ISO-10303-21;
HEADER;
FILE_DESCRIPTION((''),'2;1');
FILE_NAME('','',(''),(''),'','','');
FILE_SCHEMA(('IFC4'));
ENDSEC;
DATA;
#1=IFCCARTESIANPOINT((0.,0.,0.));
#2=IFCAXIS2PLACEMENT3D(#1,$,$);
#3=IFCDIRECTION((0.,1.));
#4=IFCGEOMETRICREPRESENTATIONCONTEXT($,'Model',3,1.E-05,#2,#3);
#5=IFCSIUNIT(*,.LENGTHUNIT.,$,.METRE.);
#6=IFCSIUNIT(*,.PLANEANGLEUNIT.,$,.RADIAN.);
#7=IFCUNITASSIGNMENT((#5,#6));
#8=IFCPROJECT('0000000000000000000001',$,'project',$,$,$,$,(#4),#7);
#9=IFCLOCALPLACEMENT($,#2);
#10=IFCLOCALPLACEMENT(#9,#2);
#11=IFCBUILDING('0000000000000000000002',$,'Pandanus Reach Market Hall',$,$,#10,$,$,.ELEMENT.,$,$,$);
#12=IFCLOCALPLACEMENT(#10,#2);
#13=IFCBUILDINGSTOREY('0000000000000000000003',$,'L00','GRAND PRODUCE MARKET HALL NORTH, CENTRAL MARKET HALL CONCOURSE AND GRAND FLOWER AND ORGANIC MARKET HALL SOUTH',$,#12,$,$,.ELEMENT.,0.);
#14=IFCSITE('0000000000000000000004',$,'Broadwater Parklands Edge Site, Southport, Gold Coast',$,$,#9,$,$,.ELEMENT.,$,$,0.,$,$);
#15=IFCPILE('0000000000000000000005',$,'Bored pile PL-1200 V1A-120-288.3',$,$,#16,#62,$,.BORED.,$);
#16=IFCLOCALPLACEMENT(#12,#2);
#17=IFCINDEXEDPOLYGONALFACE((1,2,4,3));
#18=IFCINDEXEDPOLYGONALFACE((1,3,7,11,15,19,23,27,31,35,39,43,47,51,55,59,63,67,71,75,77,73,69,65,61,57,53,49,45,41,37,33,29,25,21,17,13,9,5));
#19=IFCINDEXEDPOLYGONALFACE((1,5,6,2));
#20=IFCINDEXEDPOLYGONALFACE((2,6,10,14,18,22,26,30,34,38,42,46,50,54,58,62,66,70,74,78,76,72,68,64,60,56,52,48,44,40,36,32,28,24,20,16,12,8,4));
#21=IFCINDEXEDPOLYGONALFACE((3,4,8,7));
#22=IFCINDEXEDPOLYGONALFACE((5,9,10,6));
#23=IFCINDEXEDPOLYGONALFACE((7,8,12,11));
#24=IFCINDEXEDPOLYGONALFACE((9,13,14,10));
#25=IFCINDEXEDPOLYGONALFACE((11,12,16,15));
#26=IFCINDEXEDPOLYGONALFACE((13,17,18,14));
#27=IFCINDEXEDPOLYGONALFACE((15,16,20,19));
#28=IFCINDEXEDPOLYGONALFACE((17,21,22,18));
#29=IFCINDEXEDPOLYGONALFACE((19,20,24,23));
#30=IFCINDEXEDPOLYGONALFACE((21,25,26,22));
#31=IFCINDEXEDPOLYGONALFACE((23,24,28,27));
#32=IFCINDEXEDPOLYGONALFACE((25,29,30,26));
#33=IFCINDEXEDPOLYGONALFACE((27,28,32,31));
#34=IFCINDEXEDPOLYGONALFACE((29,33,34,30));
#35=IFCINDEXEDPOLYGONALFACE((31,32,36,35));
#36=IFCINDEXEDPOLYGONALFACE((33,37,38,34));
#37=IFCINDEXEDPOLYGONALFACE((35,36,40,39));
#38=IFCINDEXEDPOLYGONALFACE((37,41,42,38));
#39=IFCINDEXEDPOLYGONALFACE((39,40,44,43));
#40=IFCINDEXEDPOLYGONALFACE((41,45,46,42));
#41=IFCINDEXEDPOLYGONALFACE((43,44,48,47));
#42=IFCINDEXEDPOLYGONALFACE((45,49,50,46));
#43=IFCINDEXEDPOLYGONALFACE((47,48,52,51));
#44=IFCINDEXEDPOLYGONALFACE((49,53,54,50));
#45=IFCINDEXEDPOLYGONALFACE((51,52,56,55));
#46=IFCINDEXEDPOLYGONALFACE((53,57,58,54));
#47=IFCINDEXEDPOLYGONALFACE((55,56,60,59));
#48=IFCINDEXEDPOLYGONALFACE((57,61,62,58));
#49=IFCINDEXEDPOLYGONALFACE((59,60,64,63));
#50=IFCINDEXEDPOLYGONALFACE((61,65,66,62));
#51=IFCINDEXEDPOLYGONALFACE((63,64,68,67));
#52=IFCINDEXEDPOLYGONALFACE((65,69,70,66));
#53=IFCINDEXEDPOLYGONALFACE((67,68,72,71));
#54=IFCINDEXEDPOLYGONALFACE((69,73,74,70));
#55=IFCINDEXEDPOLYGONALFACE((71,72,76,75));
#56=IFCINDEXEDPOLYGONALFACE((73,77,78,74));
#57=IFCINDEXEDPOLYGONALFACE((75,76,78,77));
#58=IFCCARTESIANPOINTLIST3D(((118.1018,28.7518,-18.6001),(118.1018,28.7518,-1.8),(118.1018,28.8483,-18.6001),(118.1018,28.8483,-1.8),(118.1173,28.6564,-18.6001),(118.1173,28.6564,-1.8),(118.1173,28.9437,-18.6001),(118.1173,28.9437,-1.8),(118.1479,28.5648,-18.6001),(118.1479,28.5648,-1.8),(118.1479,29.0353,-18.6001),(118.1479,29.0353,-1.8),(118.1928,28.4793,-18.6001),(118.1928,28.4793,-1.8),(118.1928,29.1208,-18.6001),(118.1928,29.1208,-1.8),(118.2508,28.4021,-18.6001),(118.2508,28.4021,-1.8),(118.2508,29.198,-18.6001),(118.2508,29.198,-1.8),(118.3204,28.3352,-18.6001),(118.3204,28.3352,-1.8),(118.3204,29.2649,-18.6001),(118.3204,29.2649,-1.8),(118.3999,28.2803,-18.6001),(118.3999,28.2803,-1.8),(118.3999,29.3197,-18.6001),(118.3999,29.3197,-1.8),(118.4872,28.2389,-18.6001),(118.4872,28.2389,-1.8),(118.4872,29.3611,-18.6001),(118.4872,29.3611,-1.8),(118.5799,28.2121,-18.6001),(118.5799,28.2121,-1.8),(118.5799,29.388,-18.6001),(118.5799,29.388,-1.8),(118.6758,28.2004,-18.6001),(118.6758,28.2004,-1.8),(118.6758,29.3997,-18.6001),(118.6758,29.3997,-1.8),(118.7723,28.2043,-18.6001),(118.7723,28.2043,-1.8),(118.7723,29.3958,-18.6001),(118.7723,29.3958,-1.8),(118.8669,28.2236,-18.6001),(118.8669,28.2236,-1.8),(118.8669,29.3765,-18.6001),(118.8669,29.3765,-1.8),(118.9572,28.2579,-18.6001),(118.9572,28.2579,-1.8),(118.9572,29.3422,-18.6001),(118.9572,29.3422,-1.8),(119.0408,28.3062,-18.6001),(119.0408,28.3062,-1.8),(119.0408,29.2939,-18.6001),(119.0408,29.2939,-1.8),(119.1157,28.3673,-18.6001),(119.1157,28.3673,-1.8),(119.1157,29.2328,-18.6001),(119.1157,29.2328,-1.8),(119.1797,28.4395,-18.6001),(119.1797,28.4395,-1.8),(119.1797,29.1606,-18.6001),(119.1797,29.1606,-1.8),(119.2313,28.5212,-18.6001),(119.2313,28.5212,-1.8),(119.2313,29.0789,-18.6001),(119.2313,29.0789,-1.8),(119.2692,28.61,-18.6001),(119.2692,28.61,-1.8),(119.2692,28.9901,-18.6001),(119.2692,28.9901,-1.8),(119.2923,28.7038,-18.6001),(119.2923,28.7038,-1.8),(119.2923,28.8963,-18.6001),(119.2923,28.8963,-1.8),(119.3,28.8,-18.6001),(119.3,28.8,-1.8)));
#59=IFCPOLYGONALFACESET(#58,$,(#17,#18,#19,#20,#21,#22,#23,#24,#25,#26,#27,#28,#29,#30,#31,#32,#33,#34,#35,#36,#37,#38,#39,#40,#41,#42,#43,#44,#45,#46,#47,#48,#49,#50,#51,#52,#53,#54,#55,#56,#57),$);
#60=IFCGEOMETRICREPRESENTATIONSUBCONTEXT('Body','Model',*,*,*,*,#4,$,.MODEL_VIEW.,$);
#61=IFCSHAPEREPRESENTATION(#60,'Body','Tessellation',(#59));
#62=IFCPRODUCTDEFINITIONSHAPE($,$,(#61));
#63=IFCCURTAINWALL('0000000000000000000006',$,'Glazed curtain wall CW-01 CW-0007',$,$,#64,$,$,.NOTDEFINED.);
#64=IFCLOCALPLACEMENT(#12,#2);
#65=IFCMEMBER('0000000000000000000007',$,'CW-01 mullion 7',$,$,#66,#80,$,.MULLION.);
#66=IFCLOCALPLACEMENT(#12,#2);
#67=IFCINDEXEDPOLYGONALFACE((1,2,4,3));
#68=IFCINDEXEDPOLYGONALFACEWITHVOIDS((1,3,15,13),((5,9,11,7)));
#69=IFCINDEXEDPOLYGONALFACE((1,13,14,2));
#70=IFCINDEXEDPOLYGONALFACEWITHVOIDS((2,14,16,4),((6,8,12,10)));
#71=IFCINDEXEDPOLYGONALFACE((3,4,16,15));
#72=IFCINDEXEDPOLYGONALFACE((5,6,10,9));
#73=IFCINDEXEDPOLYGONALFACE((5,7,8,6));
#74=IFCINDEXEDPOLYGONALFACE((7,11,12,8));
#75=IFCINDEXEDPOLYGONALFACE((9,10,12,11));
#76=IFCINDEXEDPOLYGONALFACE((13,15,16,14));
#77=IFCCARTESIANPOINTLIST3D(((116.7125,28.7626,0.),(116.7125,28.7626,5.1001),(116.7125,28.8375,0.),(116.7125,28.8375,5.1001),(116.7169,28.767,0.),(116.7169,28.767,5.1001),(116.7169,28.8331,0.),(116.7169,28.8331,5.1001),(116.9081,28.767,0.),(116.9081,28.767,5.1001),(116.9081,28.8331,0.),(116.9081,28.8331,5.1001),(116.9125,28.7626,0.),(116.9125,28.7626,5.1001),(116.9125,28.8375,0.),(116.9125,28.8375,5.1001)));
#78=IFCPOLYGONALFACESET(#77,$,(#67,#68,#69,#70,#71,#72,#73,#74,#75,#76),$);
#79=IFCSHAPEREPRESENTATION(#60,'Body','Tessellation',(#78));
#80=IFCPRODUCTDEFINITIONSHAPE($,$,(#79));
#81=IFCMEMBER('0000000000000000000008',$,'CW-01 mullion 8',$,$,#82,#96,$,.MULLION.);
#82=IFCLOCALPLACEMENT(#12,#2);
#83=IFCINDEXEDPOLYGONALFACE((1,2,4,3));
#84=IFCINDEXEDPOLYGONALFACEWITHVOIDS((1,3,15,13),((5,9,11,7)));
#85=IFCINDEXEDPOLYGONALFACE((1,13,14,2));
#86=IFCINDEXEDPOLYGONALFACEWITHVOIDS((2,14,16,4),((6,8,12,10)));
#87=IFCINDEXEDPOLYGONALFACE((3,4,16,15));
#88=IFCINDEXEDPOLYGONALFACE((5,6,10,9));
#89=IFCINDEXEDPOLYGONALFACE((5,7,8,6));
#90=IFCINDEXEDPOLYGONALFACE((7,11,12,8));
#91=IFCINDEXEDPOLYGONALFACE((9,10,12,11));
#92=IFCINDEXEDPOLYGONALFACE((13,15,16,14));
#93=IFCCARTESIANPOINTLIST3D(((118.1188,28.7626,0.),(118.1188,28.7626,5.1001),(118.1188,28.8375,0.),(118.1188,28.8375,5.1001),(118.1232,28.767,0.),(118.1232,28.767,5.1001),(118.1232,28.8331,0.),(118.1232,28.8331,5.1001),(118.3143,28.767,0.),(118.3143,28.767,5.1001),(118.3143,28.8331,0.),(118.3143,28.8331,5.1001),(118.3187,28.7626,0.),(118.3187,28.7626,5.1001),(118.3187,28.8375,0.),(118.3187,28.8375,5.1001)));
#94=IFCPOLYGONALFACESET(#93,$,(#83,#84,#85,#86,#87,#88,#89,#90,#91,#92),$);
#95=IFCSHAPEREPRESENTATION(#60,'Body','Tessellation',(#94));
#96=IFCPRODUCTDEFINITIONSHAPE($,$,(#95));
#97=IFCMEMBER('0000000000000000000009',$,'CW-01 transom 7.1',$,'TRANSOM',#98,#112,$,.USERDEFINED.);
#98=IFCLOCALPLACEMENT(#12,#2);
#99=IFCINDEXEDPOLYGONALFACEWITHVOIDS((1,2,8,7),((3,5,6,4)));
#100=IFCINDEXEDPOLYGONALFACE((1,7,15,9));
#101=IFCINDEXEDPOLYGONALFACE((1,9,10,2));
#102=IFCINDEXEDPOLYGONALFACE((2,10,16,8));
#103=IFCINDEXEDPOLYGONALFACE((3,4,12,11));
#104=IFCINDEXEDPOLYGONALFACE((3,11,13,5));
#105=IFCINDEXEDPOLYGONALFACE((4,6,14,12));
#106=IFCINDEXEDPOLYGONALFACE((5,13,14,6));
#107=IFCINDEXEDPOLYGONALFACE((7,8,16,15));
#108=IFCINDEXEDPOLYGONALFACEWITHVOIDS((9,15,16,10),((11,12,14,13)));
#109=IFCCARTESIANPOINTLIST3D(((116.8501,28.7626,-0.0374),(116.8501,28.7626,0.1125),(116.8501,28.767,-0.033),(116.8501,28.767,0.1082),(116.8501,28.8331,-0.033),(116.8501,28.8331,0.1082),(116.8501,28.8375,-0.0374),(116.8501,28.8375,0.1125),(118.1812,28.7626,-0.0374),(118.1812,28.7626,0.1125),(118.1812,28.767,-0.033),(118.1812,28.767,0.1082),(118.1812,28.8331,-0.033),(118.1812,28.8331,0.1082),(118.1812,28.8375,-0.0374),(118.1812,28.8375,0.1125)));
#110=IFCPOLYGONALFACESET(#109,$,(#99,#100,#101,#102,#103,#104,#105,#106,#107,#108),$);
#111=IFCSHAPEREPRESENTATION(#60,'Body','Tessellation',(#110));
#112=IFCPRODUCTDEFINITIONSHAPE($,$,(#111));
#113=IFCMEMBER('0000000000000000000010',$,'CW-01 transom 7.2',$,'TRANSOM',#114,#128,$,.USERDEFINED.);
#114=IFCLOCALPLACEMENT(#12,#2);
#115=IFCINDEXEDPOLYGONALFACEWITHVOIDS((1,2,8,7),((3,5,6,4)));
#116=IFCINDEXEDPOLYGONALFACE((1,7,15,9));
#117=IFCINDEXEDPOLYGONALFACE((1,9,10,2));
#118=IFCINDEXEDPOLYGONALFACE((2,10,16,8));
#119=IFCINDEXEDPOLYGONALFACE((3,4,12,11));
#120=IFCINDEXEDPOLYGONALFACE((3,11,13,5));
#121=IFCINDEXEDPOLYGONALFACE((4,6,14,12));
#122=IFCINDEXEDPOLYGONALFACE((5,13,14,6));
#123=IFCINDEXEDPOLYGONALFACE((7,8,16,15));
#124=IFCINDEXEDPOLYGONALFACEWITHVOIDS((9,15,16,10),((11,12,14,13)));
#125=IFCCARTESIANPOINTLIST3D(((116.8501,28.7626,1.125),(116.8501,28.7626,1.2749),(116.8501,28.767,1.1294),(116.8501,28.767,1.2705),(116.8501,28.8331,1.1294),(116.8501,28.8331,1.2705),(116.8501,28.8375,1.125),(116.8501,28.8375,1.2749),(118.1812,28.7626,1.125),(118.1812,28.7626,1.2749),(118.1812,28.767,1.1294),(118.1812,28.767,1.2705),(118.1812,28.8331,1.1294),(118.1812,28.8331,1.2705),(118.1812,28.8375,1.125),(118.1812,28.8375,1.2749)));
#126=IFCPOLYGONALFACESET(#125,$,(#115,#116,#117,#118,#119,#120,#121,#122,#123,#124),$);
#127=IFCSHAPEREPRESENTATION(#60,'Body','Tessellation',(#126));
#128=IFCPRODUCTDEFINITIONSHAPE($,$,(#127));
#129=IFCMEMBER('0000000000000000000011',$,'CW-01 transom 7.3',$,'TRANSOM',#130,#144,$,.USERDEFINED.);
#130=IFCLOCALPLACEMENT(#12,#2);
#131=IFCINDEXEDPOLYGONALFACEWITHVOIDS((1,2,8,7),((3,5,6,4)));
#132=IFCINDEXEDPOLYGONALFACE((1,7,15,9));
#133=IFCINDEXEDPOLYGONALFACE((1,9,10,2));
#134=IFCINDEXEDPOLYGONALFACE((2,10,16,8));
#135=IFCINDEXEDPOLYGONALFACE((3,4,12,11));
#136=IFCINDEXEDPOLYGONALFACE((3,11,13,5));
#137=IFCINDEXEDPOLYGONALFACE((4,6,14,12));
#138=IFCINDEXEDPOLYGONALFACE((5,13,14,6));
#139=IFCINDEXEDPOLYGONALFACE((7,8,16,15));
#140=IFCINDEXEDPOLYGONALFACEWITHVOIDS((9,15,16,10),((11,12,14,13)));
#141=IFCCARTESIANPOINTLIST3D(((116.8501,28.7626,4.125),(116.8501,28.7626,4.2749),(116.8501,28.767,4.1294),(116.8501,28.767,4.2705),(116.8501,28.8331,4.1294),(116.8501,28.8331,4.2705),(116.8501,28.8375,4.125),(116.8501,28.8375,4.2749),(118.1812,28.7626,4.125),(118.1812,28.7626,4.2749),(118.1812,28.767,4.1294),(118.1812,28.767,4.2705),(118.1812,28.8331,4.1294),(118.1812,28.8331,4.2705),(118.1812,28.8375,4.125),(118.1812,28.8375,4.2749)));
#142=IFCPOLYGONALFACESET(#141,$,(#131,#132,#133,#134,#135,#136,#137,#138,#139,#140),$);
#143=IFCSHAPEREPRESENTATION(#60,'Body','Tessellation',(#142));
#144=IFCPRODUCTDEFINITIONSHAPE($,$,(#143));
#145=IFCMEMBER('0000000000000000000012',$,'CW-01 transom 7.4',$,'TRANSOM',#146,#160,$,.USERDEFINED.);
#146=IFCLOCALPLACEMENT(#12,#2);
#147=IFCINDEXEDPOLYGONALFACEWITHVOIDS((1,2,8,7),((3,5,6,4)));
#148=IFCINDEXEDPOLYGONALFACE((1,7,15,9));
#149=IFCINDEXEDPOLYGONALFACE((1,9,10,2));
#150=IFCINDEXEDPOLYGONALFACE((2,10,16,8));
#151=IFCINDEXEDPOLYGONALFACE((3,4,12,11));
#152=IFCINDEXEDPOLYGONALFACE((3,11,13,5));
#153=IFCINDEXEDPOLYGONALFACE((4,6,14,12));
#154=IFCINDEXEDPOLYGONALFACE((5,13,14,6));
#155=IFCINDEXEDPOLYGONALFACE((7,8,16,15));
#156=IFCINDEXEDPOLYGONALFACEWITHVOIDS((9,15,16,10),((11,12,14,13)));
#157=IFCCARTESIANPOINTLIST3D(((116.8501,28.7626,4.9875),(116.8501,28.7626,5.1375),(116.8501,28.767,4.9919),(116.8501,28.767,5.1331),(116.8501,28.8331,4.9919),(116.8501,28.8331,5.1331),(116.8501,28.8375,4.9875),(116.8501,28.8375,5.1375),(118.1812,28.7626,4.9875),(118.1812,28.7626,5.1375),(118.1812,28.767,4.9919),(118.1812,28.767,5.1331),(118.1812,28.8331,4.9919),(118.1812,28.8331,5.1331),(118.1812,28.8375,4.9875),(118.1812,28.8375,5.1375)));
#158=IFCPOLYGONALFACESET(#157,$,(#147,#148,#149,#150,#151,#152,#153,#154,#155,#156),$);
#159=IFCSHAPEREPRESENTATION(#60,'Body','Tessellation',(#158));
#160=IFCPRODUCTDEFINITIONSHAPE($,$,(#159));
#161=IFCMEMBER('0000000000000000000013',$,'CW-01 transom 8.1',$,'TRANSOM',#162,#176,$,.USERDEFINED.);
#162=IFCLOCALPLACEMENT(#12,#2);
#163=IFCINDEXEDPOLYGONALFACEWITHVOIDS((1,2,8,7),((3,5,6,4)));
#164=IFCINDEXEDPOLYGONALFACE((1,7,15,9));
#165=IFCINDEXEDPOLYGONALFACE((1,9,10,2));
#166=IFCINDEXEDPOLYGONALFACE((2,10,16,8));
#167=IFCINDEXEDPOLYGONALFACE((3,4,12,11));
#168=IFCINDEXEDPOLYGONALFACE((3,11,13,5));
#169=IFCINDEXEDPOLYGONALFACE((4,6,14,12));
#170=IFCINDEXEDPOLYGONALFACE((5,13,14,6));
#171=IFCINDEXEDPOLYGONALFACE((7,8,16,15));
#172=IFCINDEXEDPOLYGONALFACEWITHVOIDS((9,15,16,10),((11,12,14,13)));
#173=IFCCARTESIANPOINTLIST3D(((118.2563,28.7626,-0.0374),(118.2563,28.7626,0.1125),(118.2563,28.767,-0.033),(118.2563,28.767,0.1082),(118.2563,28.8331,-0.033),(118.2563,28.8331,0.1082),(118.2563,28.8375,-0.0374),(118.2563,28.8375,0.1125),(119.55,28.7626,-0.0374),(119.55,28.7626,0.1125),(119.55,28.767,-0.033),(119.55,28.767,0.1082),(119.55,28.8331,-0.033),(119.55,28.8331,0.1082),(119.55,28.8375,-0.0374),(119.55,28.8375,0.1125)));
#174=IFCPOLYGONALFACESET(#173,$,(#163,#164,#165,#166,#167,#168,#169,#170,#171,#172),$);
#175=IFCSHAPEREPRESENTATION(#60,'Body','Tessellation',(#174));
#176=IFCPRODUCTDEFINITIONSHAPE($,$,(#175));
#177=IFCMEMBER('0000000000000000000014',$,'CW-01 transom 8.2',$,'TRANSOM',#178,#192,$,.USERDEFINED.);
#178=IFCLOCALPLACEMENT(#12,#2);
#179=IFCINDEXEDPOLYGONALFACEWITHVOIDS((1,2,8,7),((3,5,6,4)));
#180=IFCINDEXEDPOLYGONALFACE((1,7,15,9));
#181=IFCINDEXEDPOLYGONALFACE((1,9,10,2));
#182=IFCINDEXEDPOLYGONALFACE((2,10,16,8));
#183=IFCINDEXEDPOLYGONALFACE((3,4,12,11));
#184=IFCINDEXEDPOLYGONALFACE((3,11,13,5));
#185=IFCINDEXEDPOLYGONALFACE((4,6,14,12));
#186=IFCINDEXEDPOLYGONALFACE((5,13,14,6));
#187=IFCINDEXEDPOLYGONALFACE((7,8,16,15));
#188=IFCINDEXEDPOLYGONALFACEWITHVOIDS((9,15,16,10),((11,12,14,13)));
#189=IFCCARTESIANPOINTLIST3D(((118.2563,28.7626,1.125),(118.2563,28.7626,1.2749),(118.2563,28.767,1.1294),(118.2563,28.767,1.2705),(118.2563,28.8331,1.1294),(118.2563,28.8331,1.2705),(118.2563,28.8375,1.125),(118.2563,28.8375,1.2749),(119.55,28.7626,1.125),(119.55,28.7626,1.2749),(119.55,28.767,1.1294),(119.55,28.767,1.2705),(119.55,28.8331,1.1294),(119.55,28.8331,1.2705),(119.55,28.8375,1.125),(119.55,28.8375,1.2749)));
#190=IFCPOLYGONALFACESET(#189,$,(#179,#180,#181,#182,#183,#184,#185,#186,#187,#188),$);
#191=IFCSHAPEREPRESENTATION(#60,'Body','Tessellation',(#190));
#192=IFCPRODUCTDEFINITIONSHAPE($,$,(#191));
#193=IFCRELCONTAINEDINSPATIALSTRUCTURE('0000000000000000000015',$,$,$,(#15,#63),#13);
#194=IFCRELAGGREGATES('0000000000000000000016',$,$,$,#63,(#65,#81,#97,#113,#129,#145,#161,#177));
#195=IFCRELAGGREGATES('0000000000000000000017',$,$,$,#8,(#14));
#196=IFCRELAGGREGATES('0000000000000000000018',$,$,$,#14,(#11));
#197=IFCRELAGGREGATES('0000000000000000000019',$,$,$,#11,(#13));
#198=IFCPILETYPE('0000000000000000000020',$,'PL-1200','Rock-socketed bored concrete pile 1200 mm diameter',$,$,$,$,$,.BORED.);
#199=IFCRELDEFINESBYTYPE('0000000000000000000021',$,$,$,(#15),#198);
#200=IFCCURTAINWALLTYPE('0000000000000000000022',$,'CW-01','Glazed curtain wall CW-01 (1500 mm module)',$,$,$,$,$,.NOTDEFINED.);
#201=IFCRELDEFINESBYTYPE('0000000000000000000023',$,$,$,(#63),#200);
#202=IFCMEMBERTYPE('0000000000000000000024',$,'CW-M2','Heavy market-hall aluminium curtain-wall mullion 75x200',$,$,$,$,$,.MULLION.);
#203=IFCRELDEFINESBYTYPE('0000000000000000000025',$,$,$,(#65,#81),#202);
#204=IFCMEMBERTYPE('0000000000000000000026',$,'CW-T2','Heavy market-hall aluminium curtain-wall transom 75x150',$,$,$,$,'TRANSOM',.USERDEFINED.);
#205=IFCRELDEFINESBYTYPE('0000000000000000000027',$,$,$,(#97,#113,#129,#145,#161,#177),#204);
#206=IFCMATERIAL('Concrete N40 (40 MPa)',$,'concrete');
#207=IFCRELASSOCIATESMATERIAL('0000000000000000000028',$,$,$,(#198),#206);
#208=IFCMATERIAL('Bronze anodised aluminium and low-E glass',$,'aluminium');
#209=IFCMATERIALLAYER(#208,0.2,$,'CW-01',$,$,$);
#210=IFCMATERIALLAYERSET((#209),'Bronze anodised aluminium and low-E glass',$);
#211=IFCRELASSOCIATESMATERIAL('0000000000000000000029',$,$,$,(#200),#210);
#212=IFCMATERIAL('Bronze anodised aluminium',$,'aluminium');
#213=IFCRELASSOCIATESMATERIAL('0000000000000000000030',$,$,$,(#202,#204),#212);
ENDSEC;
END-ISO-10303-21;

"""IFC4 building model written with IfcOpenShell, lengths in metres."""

from ifc_helpers import new_model, si_unit, direction, frame, origin, origin_2d, place, context, subcontext, project, spatial, hollow_rectangle, circle, extrude, material, layer, layer_set, material_profile, profile_set, type_object, element, aggregate, save


model = new_model("IFC4")

# Units and contexts
model_context = context("Model", 3, precision=1e-05, world=origin(), true_north=direction((0.0, 1.0)))
body_context = subcontext(model_context, "Body", "Model", "MODEL_VIEW")
ifc_project = project(units=[si_unit("LENGTHUNIT", "METRE"), si_unit("PLANEANGLEUNIT", "RADIAN")], contexts=[model_context])

# Site, building, storey
site_placement = place(None, origin())
site = spatial("IfcSite", under=ifc_project, at=site_placement, Name="Broadwater Parklands Edge Site, Southport, Gold Coast", CompositionType="ELEMENT", RefElevation=0.0)
building_placement = place(site_placement, origin())
building = spatial("IfcBuilding", under=site, at=building_placement, Name="Pandanus Reach Market Hall", CompositionType="ELEMENT")
storey_placement = place(building_placement, origin())
storey = spatial("IfcBuildingStorey", under=building, at=storey_placement, Name="L00", Description="GRAND PRODUCE MARKET HALL NORTH, CENTRAL MARKET HALL CONCOURSE AND GRAND FLOWER AND ORGANIC MARKET HALL SOUTH", CompositionType="ELEMENT", Elevation=0.0)

# Pile
ifc_material_1 = material(Name="Concrete N40 (40 MPa)", Category="concrete")
ifc_material_profile_1 = material_profile(ifc_material_1, circle(Radius=0.6001, at=origin_2d()), Name="PILE-1200D", Category="LoadBearing")
ifc_profile_set_1 = profile_set([ifc_material_profile_1], Name="Concrete N40 (40 MPa)")
pile_type = type_object("IfcPileType", Name="PL-1200", Description="Rock-socketed bored concrete pile 1200 mm diameter", PredefinedType="BORED", material=ifc_profile_set_1)
pile_placement = place(storey_placement, frame((118.7, 28.8, -1.8), z_axis=(0.0, 0.0, -1.0), x_axis=(1.0, 0.0, 0.0)))
element("IfcPile", 1, at=pile_placement, inside=storey, type_object=pile_type, Name="Bored pile PL-1200 V1A-120-288.3", PredefinedType="BORED", context=body_context, shape_type="SweptSolid", body=[
    extrude(circle(Radius=0.6001, at=origin_2d()), origin(), (0.0, 0.0, 1.0), 16.8),
])

# Curtain wall, members
ifc_material_2 = material(Name="Bronze anodised aluminium and low-E glass", Category="aluminium")
ifc_layer_1 = layer(ifc_material_2, 0.2, Name="CW-01")
ifc_layer_set_1 = layer_set([ifc_layer_1], Name="Bronze anodised aluminium and low-E glass")
curtain_wall_type = type_object("IfcCurtainWallType", Name="CW-01", Description="Glazed curtain wall CW-01 (1500 mm module)", PredefinedType="NOTDEFINED", material=ifc_layer_set_1)
curtain_wall_placement = place(storey_placement, origin())
curtain_wall = element("IfcCurtainWall", 2, at=curtain_wall_placement, inside=storey, type_object=curtain_wall_type, Name="Glazed curtain wall CW-01 CW-0007", PredefinedType="NOTDEFINED")
ifc_material_3 = material(Name="Bronze anodised aluminium", Category="aluminium")
ifc_material_profile_2 = material_profile(ifc_material_3, hollow_rectangle(XDim=0.075, YDim=0.2, WallThickness=0.0044, at=origin_2d()), Name="ALU75x200", Category="LoadBearing")
ifc_profile_set_2 = profile_set([ifc_material_profile_2], Name="Bronze anodised aluminium")
member_type_1 = type_object("IfcMemberType", Name="CW-M2", Description="Heavy market-hall aluminium curtain-wall mullion 75x200", PredefinedType="MULLION", material=ifc_profile_set_2)
member_1_placement = place(storey_placement, frame((116.8125, 28.8, 0.0), z_axis=(0.0, 0.0, 1.0), x_axis=(0.0, 1.0, 0.0)))
member_1 = element("IfcMember", 3, at=member_1_placement, type_object=member_type_1, Name="CW-01 mullion 7", PredefinedType="MULLION", context=body_context, shape_type="SweptSolid", body=[
    extrude(hollow_rectangle(XDim=0.075, YDim=0.2, WallThickness=0.0044, at=origin_2d()), origin(), (0.0, 0.0, 1.0), 5.1001),
])
member_2_placement = place(storey_placement, frame((118.2188, 28.8, 0.0), z_axis=(0.0, 0.0, 1.0), x_axis=(0.0, 1.0, 0.0)))
member_2 = element("IfcMember", 4, at=member_2_placement, type_object=member_type_1, Name="CW-01 mullion 8", PredefinedType="MULLION", context=body_context, shape_type="SweptSolid", body=[
    extrude(hollow_rectangle(XDim=0.075, YDim=0.2, WallThickness=0.0044, at=origin_2d()), origin(), (0.0, 0.0, 1.0), 5.1001),
])
ifc_material_profile_3 = material_profile(ifc_material_3, hollow_rectangle(XDim=0.075, YDim=0.1499, WallThickness=0.0044, at=origin_2d()), Name="ALU75x150", Category="LoadBearing")
ifc_profile_set_3 = profile_set([ifc_material_profile_3], Name="Bronze anodised aluminium")
member_type_2 = type_object("IfcMemberType", Name="CW-T2", Description="Heavy market-hall aluminium curtain-wall transom 75x150", ElementType="TRANSOM", PredefinedType="USERDEFINED", material=ifc_profile_set_3)
member_3_placement = place(storey_placement, frame((116.8501, 28.8, 0.0376), z_axis=(1.0, 0.0, 0.0), x_axis=(0.0, 1.0, 0.0)))
member_3 = element("IfcMember", 5, at=member_3_placement, type_object=member_type_2, Name="CW-01 transom 7.1", ObjectType="TRANSOM", PredefinedType="USERDEFINED", context=body_context, shape_type="SweptSolid", body=[
    extrude(hollow_rectangle(XDim=0.075, YDim=0.1499, WallThickness=0.0044, at=origin_2d()), origin(), (0.0, 0.0, 1.0), 1.3311),
])
member_4_placement = place(storey_placement, frame((116.8501, 28.8, 1.2), z_axis=(1.0, 0.0, 0.0), x_axis=(0.0, 1.0, 0.0)))
member_4 = element("IfcMember", 6, at=member_4_placement, type_object=member_type_2, Name="CW-01 transom 7.2", ObjectType="TRANSOM", PredefinedType="USERDEFINED", context=body_context, shape_type="SweptSolid", body=[
    extrude(hollow_rectangle(XDim=0.075, YDim=0.1499, WallThickness=0.0044, at=origin_2d()), origin(), (0.0, 0.0, 1.0), 1.3311),
])
member_5_placement = place(storey_placement, frame((116.8501, 28.8, 4.2), z_axis=(1.0, 0.0, 0.0), x_axis=(0.0, 1.0, 0.0)))
member_5 = element("IfcMember", 7, at=member_5_placement, type_object=member_type_2, Name="CW-01 transom 7.3", ObjectType="TRANSOM", PredefinedType="USERDEFINED", context=body_context, shape_type="SweptSolid", body=[
    extrude(hollow_rectangle(XDim=0.075, YDim=0.1499, WallThickness=0.0044, at=origin_2d()), origin(), (0.0, 0.0, 1.0), 1.3311),
])
member_6_placement = place(storey_placement, frame((116.8501, 28.8, 5.0625), z_axis=(1.0, 0.0, 0.0), x_axis=(0.0, 1.0, 0.0)))
member_6 = element("IfcMember", 8, at=member_6_placement, type_object=member_type_2, Name="CW-01 transom 7.4", ObjectType="TRANSOM", PredefinedType="USERDEFINED", context=body_context, shape_type="SweptSolid", body=[
    extrude(hollow_rectangle(XDim=0.075, YDim=0.1499, WallThickness=0.0044, at=origin_2d()), origin(), (0.0, 0.0, 1.0), 1.3311),
])
member_7_placement = place(storey_placement, frame((118.2563, 28.8, 0.0376), z_axis=(1.0, 0.0, 0.0), x_axis=(0.0, 1.0, 0.0)))
member_7 = element("IfcMember", 9, at=member_7_placement, type_object=member_type_2, Name="CW-01 transom 8.1", ObjectType="TRANSOM", PredefinedType="USERDEFINED", context=body_context, shape_type="SweptSolid", body=[
    extrude(hollow_rectangle(XDim=0.075, YDim=0.1499, WallThickness=0.0044, at=origin_2d()), origin(), (0.0, 0.0, 1.0), 1.2937),
])
member_8_placement = place(storey_placement, frame((118.2563, 28.8, 1.2), z_axis=(1.0, 0.0, 0.0), x_axis=(0.0, 1.0, 0.0)))
member_8 = element("IfcMember", 10, at=member_8_placement, type_object=member_type_2, Name="CW-01 transom 8.2", ObjectType="TRANSOM", PredefinedType="USERDEFINED", context=body_context, shape_type="SweptSolid", body=[
    extrude(hollow_rectangle(XDim=0.075, YDim=0.1499, WallThickness=0.0044, at=origin_2d()), origin(), (0.0, 0.0, 1.0), 1.2937),
])

aggregate(curtain_wall, [member_1, member_2, member_3, member_4, member_5, member_6, member_7, member_8])

save(model, "model.ifc")
